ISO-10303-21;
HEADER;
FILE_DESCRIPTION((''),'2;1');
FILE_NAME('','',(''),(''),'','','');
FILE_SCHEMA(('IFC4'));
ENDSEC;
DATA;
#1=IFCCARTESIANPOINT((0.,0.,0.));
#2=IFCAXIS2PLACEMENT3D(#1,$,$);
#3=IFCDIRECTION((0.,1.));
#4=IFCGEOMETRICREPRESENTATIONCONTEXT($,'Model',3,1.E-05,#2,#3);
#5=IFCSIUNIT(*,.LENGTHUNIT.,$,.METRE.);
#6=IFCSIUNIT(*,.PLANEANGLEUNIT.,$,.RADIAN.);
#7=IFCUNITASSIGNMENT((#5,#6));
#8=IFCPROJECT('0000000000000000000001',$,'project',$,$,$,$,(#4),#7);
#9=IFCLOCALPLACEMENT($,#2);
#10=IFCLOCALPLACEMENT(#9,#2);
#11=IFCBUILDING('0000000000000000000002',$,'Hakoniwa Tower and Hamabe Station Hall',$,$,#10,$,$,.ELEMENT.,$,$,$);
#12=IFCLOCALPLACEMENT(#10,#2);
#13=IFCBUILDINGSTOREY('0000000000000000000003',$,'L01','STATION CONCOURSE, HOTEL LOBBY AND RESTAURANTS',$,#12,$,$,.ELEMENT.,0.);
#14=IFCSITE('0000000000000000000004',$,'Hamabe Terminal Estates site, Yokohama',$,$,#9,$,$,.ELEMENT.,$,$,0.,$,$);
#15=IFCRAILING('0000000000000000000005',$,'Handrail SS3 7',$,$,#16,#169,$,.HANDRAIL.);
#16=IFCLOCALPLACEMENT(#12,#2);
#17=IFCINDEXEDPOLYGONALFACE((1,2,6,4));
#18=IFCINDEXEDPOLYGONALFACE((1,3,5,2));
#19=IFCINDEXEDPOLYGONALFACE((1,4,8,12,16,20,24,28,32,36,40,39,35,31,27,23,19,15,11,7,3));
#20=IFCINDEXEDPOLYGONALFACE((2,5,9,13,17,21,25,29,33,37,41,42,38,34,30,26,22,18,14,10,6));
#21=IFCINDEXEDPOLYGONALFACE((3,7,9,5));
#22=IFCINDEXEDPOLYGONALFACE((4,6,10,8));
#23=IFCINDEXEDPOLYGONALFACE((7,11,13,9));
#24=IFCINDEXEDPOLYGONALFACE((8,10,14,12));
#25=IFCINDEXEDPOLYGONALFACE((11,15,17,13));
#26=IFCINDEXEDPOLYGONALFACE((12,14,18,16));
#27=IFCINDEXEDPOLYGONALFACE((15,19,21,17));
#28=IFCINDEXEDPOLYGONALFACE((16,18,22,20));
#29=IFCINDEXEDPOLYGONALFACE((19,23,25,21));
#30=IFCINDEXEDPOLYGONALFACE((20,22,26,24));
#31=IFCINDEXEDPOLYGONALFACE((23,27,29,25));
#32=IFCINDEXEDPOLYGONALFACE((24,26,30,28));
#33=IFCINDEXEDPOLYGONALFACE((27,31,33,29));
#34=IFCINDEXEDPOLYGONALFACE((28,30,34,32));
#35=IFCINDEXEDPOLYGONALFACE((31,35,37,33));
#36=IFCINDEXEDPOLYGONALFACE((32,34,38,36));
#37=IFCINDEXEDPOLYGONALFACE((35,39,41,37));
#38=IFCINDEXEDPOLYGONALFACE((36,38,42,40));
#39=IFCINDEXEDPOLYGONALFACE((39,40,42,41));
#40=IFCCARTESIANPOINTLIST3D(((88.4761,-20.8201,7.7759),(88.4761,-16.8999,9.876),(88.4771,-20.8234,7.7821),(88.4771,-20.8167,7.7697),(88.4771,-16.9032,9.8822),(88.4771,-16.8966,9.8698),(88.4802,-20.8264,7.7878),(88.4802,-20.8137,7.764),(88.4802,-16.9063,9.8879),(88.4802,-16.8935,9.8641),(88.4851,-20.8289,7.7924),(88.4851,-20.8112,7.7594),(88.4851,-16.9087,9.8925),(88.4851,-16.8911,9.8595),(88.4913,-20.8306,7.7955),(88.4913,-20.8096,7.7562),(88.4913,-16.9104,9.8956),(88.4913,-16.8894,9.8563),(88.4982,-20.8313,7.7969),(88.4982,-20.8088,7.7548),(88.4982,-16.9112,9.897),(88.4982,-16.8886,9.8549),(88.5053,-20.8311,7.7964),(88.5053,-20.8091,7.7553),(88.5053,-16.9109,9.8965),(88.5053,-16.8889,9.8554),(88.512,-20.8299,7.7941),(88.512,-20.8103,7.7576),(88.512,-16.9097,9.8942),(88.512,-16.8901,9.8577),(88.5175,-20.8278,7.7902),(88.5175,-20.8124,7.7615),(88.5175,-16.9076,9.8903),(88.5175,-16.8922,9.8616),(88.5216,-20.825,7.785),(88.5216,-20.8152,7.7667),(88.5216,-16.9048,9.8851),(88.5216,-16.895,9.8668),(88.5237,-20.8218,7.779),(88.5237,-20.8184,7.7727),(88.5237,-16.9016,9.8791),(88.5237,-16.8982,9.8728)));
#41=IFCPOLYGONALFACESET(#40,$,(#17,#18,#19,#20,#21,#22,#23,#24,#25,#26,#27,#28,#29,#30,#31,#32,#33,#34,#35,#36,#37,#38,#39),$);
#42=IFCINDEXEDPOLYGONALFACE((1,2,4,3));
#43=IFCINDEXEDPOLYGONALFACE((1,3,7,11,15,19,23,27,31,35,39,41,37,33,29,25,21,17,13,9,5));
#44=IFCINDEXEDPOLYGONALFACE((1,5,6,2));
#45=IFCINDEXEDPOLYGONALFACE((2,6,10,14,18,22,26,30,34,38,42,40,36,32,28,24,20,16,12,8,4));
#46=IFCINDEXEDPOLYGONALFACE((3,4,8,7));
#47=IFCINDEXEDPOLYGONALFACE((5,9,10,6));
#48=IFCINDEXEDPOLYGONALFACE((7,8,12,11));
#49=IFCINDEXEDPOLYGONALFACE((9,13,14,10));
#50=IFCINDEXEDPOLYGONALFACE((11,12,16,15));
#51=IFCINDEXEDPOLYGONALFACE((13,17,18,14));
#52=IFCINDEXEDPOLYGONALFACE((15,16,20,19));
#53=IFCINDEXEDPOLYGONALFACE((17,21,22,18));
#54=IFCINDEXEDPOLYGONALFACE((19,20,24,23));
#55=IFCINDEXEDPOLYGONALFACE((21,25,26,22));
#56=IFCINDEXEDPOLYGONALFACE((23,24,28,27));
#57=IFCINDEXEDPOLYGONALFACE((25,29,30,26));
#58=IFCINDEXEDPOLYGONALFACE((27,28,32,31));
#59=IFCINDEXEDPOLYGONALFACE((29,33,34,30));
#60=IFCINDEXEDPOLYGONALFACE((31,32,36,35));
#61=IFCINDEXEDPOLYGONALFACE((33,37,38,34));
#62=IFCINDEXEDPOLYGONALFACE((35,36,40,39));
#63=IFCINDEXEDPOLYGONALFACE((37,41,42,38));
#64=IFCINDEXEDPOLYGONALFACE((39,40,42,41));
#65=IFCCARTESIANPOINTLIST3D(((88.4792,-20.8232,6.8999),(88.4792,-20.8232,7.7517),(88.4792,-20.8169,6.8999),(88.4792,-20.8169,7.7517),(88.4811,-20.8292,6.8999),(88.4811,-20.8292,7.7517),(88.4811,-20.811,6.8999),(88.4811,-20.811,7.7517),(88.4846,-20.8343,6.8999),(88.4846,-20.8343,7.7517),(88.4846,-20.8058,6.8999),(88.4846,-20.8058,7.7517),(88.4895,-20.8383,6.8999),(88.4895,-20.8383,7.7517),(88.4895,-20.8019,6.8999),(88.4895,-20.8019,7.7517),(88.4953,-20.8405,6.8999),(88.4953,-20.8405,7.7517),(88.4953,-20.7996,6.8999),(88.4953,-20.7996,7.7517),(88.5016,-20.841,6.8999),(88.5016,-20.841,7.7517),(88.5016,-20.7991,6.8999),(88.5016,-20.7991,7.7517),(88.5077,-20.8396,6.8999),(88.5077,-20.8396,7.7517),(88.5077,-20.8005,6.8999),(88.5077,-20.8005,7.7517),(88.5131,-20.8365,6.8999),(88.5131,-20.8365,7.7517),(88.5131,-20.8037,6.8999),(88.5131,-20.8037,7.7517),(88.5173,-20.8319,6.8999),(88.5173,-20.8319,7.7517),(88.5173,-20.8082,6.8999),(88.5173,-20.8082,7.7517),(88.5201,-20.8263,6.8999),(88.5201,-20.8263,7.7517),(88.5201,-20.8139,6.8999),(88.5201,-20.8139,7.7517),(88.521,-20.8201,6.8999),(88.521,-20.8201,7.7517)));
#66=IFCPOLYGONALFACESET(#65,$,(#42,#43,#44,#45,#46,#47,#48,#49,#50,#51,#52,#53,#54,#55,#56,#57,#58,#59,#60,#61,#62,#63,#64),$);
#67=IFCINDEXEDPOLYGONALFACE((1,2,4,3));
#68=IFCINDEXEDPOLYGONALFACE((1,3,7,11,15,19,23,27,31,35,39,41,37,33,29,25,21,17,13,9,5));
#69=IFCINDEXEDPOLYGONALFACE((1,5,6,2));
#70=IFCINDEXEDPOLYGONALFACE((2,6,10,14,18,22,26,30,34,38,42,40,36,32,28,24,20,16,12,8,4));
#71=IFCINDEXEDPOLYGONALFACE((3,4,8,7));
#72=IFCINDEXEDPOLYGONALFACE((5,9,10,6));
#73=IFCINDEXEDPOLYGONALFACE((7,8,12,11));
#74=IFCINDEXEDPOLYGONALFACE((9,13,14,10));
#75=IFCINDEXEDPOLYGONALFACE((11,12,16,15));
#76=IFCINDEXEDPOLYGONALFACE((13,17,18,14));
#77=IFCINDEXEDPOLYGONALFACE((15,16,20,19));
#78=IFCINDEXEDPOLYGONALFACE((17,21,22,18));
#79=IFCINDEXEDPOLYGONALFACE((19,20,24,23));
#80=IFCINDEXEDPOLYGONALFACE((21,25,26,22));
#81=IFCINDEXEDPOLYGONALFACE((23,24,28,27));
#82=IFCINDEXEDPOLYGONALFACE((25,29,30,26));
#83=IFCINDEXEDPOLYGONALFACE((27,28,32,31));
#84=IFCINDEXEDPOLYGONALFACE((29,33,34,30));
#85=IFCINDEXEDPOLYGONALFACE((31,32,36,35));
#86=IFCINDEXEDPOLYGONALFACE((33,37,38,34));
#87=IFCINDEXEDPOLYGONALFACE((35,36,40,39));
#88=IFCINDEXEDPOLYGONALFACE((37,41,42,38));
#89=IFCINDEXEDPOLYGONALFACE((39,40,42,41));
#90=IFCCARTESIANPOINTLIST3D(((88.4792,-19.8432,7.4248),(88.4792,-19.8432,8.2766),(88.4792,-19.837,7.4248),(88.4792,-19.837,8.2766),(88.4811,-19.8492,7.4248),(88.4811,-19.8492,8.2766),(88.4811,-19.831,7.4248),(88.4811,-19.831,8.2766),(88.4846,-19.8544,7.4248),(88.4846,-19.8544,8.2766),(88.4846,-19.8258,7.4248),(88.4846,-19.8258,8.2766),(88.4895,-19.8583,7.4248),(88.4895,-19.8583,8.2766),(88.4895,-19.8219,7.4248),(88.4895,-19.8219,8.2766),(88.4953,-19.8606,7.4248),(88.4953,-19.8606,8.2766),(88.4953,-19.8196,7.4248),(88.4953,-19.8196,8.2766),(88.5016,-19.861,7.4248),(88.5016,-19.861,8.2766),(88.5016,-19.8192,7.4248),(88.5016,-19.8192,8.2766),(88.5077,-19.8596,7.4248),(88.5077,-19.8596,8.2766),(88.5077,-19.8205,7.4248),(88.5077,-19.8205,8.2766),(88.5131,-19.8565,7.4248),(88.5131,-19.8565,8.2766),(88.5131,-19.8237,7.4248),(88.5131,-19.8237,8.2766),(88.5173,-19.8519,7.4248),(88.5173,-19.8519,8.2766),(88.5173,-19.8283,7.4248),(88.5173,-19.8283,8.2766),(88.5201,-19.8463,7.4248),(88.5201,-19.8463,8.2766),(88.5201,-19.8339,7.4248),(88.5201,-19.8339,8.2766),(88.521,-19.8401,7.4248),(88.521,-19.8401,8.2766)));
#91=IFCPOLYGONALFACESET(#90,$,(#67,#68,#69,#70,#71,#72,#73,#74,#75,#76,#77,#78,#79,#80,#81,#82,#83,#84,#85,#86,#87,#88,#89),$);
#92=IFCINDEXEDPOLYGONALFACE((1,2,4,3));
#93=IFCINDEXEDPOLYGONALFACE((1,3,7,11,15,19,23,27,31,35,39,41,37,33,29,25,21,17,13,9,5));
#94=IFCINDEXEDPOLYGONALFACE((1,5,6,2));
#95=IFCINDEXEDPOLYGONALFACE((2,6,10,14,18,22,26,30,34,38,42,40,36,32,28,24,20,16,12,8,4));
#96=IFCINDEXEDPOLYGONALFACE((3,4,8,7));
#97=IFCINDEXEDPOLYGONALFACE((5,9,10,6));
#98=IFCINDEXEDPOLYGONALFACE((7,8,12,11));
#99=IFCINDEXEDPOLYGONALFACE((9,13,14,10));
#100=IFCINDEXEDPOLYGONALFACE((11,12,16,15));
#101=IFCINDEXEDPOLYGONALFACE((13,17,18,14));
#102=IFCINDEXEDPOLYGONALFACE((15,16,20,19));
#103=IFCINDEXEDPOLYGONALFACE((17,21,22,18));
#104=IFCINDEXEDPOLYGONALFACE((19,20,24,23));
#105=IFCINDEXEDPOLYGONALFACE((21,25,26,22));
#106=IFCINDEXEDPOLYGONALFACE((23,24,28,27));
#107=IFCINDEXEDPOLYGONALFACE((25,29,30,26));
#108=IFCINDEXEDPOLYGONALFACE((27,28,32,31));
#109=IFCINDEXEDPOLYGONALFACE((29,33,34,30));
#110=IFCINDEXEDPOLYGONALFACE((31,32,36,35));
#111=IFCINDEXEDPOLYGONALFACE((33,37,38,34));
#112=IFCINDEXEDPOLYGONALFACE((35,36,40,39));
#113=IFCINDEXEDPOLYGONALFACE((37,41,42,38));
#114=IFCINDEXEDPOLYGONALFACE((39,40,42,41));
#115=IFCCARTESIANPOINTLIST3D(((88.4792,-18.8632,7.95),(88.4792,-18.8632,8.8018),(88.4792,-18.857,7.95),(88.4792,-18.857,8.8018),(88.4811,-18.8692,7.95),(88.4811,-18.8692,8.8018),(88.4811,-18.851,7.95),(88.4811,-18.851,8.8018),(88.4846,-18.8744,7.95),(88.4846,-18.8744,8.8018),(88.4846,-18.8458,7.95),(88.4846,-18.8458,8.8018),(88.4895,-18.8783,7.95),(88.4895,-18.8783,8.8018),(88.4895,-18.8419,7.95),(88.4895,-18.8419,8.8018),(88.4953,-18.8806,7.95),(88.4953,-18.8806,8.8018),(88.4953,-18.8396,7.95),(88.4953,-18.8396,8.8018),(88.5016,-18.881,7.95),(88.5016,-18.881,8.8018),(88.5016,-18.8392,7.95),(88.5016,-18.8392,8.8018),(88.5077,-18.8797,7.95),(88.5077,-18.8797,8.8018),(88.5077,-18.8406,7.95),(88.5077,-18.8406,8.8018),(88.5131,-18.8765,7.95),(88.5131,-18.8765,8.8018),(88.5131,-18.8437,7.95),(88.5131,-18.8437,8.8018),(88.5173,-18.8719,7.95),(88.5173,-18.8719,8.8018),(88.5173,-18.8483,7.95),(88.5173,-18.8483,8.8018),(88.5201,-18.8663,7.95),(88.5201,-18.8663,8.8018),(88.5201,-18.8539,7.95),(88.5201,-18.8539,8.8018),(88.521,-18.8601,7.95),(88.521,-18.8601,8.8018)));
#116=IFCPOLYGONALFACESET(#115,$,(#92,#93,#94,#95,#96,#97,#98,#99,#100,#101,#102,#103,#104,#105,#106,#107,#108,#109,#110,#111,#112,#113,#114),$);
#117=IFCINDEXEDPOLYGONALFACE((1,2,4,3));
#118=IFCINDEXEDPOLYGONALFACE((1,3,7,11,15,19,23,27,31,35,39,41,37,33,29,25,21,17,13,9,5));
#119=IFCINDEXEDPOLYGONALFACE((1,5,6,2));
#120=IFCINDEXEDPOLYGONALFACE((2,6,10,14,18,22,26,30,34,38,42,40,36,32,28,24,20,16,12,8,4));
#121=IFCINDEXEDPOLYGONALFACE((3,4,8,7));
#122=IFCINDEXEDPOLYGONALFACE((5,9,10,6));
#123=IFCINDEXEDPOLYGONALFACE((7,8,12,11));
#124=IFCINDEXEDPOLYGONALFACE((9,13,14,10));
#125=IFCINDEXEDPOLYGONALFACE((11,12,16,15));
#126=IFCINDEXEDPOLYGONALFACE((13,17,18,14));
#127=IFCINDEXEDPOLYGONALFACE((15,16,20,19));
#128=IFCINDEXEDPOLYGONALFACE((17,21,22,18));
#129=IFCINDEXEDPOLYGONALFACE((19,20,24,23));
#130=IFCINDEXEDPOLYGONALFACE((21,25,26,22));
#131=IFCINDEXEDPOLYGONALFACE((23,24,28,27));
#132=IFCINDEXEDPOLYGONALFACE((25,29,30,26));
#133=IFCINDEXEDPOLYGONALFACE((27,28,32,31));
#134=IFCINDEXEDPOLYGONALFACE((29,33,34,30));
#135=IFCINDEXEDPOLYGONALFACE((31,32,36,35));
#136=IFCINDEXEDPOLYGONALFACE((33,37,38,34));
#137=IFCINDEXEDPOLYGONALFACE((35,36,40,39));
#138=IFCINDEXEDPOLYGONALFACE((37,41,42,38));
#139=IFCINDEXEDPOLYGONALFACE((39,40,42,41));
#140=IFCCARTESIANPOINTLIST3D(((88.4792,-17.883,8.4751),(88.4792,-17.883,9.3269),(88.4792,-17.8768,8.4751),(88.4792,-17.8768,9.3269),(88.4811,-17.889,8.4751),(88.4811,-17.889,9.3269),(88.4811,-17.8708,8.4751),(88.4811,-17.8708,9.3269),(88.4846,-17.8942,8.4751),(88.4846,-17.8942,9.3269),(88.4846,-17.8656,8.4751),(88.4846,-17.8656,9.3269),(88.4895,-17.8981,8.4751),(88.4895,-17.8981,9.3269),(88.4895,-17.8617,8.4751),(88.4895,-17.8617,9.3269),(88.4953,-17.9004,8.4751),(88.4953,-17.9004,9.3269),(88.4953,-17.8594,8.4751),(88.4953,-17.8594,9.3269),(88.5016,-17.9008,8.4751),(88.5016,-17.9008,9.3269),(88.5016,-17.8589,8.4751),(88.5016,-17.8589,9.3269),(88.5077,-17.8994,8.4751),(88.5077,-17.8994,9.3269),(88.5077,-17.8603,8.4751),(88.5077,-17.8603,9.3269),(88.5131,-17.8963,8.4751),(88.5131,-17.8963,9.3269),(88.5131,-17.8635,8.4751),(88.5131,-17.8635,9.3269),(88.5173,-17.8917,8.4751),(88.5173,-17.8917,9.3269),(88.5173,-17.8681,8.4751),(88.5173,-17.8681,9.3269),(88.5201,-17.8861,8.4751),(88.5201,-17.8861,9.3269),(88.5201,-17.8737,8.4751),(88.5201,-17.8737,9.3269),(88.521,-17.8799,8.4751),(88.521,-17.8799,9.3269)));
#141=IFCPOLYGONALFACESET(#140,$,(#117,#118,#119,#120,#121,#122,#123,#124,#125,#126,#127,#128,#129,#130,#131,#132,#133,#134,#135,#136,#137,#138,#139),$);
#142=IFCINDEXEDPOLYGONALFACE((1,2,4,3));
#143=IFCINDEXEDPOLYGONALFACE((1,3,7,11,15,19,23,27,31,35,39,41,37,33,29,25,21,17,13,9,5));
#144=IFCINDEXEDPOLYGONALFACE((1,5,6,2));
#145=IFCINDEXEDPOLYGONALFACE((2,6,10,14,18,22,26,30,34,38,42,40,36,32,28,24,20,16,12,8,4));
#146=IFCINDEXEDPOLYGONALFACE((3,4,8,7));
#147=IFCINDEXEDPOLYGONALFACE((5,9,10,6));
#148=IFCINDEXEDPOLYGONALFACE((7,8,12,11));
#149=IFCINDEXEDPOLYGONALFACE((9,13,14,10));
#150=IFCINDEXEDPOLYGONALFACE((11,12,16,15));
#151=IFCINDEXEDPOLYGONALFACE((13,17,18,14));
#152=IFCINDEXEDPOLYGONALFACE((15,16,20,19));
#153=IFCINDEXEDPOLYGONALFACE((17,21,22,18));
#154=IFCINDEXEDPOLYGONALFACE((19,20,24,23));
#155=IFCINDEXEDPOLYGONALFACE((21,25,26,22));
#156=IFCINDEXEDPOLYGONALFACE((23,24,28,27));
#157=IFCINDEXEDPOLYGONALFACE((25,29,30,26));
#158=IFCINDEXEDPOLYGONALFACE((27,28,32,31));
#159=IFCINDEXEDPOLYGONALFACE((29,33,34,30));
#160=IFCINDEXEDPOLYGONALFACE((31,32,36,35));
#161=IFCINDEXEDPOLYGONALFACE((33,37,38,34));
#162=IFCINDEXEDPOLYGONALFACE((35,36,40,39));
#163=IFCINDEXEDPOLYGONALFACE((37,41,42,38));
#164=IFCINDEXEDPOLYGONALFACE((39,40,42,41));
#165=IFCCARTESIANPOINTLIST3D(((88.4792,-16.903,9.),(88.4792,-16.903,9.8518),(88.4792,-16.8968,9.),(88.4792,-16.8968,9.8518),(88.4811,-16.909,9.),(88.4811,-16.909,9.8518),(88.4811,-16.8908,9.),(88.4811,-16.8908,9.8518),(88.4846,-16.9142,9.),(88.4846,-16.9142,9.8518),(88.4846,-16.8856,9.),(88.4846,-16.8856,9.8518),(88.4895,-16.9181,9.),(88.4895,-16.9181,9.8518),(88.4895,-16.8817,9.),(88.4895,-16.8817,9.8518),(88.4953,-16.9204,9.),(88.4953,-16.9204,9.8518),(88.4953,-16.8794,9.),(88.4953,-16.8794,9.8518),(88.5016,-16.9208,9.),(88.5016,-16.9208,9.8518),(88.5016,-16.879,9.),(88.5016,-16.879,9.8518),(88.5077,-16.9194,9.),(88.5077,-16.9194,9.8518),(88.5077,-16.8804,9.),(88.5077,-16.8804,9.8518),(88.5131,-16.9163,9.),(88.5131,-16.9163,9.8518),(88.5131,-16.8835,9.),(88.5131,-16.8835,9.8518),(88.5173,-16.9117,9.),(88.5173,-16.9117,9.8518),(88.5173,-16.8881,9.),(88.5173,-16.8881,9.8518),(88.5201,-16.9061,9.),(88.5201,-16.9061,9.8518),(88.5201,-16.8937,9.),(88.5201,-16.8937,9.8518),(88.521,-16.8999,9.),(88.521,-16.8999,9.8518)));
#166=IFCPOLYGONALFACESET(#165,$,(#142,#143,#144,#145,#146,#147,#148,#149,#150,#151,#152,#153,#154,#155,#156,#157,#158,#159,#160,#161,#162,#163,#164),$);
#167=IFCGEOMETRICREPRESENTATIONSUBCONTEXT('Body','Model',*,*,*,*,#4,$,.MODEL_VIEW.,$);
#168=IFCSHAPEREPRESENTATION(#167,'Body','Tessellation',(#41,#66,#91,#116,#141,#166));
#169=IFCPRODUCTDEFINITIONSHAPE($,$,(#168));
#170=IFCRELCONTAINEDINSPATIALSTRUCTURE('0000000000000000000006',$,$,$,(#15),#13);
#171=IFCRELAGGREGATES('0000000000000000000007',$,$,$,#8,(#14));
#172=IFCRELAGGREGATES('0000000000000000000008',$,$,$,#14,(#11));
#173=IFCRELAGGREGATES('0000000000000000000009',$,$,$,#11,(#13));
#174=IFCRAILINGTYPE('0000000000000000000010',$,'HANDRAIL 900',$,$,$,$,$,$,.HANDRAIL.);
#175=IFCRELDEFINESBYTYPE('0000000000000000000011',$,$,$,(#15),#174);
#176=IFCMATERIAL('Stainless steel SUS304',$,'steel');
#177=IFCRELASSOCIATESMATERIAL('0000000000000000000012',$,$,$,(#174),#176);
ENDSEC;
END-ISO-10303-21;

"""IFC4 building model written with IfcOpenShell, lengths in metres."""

from ifc_helpers import new_model, si_unit, direction, frame, origin, origin_2d, place, context, subcontext, project, spatial, circle, extrude, material, type_object, element, save


model = new_model("IFC4")

# Units and contexts
model_context = context("Model", 3, precision=1e-05, world=origin(), true_north=direction((0.0, 1.0)))
body_context = subcontext(model_context, "Body", "Model", "MODEL_VIEW")
ifc_project = project(units=[si_unit("LENGTHUNIT", "METRE"), si_unit("PLANEANGLEUNIT", "RADIAN")], contexts=[model_context])

# Site, building, storey
site_placement = place(None, origin())
site = spatial("IfcSite", under=ifc_project, at=site_placement, Name="Hamabe Terminal Estates site, Yokohama", CompositionType="ELEMENT", RefElevation=0.0)
building_placement = place(site_placement, origin())
building = spatial("IfcBuilding", under=site, at=building_placement, Name="Hakoniwa Tower and Hamabe Station Hall", CompositionType="ELEMENT")
storey_placement = place(building_placement, origin())
storey = spatial("IfcBuildingStorey", under=building, at=storey_placement, Name="L01", Description="STATION CONCOURSE, HOTEL LOBBY AND RESTAURANTS", CompositionType="ELEMENT", Elevation=0.0)

# Railing
ifc_material_1 = material(Name="Stainless steel SUS304", Category="steel")
railing_type = type_object("IfcRailingType", Name="HANDRAIL 900", PredefinedType="HANDRAIL", material=ifc_material_1)
railing_1_placement = place(storey_placement, frame((88.5, -20.8201, 6.8999)))
element("IfcRailing", 1, at=railing_1_placement, inside=storey, type_object=railing_type, Name="Handrail SS3 7", PredefinedType="HANDRAIL", context=body_context, shape_type="SweptSolid", body=[
    extrude(circle(Radius=0.0239, at=origin_2d()), frame((0.0, 0.0, 0.876), z_axis=(0.0, 0.881479, 0.472223), x_axis=(-1.0, 0.0, 0.0)), (0.0, 0.0, 1.0), 4.4473),
    extrude(circle(Radius=0.021, at=origin_2d()), origin(), (0.0, 0.0, 1.0), 0.8518),
    extrude(circle(Radius=0.021, at=origin_2d()), frame((0.0, 0.98, 0.5249)), (0.0, 0.0, 1.0), 0.8518),
    extrude(circle(Radius=0.021, at=origin_2d()), frame((0.0, 1.96, 1.05)), (0.0, 0.0, 1.0), 0.8518),
    extrude(circle(Radius=0.021, at=origin_2d()), frame((0.0, 2.9402, 1.5752)), (0.0, 0.0, 1.0), 0.8518),
    extrude(circle(Radius=0.021, at=origin_2d()), frame((0.0, 3.9202, 2.1001)), (0.0, 0.0, 1.0), 0.8518),
])

save(model, "model.ifc")
